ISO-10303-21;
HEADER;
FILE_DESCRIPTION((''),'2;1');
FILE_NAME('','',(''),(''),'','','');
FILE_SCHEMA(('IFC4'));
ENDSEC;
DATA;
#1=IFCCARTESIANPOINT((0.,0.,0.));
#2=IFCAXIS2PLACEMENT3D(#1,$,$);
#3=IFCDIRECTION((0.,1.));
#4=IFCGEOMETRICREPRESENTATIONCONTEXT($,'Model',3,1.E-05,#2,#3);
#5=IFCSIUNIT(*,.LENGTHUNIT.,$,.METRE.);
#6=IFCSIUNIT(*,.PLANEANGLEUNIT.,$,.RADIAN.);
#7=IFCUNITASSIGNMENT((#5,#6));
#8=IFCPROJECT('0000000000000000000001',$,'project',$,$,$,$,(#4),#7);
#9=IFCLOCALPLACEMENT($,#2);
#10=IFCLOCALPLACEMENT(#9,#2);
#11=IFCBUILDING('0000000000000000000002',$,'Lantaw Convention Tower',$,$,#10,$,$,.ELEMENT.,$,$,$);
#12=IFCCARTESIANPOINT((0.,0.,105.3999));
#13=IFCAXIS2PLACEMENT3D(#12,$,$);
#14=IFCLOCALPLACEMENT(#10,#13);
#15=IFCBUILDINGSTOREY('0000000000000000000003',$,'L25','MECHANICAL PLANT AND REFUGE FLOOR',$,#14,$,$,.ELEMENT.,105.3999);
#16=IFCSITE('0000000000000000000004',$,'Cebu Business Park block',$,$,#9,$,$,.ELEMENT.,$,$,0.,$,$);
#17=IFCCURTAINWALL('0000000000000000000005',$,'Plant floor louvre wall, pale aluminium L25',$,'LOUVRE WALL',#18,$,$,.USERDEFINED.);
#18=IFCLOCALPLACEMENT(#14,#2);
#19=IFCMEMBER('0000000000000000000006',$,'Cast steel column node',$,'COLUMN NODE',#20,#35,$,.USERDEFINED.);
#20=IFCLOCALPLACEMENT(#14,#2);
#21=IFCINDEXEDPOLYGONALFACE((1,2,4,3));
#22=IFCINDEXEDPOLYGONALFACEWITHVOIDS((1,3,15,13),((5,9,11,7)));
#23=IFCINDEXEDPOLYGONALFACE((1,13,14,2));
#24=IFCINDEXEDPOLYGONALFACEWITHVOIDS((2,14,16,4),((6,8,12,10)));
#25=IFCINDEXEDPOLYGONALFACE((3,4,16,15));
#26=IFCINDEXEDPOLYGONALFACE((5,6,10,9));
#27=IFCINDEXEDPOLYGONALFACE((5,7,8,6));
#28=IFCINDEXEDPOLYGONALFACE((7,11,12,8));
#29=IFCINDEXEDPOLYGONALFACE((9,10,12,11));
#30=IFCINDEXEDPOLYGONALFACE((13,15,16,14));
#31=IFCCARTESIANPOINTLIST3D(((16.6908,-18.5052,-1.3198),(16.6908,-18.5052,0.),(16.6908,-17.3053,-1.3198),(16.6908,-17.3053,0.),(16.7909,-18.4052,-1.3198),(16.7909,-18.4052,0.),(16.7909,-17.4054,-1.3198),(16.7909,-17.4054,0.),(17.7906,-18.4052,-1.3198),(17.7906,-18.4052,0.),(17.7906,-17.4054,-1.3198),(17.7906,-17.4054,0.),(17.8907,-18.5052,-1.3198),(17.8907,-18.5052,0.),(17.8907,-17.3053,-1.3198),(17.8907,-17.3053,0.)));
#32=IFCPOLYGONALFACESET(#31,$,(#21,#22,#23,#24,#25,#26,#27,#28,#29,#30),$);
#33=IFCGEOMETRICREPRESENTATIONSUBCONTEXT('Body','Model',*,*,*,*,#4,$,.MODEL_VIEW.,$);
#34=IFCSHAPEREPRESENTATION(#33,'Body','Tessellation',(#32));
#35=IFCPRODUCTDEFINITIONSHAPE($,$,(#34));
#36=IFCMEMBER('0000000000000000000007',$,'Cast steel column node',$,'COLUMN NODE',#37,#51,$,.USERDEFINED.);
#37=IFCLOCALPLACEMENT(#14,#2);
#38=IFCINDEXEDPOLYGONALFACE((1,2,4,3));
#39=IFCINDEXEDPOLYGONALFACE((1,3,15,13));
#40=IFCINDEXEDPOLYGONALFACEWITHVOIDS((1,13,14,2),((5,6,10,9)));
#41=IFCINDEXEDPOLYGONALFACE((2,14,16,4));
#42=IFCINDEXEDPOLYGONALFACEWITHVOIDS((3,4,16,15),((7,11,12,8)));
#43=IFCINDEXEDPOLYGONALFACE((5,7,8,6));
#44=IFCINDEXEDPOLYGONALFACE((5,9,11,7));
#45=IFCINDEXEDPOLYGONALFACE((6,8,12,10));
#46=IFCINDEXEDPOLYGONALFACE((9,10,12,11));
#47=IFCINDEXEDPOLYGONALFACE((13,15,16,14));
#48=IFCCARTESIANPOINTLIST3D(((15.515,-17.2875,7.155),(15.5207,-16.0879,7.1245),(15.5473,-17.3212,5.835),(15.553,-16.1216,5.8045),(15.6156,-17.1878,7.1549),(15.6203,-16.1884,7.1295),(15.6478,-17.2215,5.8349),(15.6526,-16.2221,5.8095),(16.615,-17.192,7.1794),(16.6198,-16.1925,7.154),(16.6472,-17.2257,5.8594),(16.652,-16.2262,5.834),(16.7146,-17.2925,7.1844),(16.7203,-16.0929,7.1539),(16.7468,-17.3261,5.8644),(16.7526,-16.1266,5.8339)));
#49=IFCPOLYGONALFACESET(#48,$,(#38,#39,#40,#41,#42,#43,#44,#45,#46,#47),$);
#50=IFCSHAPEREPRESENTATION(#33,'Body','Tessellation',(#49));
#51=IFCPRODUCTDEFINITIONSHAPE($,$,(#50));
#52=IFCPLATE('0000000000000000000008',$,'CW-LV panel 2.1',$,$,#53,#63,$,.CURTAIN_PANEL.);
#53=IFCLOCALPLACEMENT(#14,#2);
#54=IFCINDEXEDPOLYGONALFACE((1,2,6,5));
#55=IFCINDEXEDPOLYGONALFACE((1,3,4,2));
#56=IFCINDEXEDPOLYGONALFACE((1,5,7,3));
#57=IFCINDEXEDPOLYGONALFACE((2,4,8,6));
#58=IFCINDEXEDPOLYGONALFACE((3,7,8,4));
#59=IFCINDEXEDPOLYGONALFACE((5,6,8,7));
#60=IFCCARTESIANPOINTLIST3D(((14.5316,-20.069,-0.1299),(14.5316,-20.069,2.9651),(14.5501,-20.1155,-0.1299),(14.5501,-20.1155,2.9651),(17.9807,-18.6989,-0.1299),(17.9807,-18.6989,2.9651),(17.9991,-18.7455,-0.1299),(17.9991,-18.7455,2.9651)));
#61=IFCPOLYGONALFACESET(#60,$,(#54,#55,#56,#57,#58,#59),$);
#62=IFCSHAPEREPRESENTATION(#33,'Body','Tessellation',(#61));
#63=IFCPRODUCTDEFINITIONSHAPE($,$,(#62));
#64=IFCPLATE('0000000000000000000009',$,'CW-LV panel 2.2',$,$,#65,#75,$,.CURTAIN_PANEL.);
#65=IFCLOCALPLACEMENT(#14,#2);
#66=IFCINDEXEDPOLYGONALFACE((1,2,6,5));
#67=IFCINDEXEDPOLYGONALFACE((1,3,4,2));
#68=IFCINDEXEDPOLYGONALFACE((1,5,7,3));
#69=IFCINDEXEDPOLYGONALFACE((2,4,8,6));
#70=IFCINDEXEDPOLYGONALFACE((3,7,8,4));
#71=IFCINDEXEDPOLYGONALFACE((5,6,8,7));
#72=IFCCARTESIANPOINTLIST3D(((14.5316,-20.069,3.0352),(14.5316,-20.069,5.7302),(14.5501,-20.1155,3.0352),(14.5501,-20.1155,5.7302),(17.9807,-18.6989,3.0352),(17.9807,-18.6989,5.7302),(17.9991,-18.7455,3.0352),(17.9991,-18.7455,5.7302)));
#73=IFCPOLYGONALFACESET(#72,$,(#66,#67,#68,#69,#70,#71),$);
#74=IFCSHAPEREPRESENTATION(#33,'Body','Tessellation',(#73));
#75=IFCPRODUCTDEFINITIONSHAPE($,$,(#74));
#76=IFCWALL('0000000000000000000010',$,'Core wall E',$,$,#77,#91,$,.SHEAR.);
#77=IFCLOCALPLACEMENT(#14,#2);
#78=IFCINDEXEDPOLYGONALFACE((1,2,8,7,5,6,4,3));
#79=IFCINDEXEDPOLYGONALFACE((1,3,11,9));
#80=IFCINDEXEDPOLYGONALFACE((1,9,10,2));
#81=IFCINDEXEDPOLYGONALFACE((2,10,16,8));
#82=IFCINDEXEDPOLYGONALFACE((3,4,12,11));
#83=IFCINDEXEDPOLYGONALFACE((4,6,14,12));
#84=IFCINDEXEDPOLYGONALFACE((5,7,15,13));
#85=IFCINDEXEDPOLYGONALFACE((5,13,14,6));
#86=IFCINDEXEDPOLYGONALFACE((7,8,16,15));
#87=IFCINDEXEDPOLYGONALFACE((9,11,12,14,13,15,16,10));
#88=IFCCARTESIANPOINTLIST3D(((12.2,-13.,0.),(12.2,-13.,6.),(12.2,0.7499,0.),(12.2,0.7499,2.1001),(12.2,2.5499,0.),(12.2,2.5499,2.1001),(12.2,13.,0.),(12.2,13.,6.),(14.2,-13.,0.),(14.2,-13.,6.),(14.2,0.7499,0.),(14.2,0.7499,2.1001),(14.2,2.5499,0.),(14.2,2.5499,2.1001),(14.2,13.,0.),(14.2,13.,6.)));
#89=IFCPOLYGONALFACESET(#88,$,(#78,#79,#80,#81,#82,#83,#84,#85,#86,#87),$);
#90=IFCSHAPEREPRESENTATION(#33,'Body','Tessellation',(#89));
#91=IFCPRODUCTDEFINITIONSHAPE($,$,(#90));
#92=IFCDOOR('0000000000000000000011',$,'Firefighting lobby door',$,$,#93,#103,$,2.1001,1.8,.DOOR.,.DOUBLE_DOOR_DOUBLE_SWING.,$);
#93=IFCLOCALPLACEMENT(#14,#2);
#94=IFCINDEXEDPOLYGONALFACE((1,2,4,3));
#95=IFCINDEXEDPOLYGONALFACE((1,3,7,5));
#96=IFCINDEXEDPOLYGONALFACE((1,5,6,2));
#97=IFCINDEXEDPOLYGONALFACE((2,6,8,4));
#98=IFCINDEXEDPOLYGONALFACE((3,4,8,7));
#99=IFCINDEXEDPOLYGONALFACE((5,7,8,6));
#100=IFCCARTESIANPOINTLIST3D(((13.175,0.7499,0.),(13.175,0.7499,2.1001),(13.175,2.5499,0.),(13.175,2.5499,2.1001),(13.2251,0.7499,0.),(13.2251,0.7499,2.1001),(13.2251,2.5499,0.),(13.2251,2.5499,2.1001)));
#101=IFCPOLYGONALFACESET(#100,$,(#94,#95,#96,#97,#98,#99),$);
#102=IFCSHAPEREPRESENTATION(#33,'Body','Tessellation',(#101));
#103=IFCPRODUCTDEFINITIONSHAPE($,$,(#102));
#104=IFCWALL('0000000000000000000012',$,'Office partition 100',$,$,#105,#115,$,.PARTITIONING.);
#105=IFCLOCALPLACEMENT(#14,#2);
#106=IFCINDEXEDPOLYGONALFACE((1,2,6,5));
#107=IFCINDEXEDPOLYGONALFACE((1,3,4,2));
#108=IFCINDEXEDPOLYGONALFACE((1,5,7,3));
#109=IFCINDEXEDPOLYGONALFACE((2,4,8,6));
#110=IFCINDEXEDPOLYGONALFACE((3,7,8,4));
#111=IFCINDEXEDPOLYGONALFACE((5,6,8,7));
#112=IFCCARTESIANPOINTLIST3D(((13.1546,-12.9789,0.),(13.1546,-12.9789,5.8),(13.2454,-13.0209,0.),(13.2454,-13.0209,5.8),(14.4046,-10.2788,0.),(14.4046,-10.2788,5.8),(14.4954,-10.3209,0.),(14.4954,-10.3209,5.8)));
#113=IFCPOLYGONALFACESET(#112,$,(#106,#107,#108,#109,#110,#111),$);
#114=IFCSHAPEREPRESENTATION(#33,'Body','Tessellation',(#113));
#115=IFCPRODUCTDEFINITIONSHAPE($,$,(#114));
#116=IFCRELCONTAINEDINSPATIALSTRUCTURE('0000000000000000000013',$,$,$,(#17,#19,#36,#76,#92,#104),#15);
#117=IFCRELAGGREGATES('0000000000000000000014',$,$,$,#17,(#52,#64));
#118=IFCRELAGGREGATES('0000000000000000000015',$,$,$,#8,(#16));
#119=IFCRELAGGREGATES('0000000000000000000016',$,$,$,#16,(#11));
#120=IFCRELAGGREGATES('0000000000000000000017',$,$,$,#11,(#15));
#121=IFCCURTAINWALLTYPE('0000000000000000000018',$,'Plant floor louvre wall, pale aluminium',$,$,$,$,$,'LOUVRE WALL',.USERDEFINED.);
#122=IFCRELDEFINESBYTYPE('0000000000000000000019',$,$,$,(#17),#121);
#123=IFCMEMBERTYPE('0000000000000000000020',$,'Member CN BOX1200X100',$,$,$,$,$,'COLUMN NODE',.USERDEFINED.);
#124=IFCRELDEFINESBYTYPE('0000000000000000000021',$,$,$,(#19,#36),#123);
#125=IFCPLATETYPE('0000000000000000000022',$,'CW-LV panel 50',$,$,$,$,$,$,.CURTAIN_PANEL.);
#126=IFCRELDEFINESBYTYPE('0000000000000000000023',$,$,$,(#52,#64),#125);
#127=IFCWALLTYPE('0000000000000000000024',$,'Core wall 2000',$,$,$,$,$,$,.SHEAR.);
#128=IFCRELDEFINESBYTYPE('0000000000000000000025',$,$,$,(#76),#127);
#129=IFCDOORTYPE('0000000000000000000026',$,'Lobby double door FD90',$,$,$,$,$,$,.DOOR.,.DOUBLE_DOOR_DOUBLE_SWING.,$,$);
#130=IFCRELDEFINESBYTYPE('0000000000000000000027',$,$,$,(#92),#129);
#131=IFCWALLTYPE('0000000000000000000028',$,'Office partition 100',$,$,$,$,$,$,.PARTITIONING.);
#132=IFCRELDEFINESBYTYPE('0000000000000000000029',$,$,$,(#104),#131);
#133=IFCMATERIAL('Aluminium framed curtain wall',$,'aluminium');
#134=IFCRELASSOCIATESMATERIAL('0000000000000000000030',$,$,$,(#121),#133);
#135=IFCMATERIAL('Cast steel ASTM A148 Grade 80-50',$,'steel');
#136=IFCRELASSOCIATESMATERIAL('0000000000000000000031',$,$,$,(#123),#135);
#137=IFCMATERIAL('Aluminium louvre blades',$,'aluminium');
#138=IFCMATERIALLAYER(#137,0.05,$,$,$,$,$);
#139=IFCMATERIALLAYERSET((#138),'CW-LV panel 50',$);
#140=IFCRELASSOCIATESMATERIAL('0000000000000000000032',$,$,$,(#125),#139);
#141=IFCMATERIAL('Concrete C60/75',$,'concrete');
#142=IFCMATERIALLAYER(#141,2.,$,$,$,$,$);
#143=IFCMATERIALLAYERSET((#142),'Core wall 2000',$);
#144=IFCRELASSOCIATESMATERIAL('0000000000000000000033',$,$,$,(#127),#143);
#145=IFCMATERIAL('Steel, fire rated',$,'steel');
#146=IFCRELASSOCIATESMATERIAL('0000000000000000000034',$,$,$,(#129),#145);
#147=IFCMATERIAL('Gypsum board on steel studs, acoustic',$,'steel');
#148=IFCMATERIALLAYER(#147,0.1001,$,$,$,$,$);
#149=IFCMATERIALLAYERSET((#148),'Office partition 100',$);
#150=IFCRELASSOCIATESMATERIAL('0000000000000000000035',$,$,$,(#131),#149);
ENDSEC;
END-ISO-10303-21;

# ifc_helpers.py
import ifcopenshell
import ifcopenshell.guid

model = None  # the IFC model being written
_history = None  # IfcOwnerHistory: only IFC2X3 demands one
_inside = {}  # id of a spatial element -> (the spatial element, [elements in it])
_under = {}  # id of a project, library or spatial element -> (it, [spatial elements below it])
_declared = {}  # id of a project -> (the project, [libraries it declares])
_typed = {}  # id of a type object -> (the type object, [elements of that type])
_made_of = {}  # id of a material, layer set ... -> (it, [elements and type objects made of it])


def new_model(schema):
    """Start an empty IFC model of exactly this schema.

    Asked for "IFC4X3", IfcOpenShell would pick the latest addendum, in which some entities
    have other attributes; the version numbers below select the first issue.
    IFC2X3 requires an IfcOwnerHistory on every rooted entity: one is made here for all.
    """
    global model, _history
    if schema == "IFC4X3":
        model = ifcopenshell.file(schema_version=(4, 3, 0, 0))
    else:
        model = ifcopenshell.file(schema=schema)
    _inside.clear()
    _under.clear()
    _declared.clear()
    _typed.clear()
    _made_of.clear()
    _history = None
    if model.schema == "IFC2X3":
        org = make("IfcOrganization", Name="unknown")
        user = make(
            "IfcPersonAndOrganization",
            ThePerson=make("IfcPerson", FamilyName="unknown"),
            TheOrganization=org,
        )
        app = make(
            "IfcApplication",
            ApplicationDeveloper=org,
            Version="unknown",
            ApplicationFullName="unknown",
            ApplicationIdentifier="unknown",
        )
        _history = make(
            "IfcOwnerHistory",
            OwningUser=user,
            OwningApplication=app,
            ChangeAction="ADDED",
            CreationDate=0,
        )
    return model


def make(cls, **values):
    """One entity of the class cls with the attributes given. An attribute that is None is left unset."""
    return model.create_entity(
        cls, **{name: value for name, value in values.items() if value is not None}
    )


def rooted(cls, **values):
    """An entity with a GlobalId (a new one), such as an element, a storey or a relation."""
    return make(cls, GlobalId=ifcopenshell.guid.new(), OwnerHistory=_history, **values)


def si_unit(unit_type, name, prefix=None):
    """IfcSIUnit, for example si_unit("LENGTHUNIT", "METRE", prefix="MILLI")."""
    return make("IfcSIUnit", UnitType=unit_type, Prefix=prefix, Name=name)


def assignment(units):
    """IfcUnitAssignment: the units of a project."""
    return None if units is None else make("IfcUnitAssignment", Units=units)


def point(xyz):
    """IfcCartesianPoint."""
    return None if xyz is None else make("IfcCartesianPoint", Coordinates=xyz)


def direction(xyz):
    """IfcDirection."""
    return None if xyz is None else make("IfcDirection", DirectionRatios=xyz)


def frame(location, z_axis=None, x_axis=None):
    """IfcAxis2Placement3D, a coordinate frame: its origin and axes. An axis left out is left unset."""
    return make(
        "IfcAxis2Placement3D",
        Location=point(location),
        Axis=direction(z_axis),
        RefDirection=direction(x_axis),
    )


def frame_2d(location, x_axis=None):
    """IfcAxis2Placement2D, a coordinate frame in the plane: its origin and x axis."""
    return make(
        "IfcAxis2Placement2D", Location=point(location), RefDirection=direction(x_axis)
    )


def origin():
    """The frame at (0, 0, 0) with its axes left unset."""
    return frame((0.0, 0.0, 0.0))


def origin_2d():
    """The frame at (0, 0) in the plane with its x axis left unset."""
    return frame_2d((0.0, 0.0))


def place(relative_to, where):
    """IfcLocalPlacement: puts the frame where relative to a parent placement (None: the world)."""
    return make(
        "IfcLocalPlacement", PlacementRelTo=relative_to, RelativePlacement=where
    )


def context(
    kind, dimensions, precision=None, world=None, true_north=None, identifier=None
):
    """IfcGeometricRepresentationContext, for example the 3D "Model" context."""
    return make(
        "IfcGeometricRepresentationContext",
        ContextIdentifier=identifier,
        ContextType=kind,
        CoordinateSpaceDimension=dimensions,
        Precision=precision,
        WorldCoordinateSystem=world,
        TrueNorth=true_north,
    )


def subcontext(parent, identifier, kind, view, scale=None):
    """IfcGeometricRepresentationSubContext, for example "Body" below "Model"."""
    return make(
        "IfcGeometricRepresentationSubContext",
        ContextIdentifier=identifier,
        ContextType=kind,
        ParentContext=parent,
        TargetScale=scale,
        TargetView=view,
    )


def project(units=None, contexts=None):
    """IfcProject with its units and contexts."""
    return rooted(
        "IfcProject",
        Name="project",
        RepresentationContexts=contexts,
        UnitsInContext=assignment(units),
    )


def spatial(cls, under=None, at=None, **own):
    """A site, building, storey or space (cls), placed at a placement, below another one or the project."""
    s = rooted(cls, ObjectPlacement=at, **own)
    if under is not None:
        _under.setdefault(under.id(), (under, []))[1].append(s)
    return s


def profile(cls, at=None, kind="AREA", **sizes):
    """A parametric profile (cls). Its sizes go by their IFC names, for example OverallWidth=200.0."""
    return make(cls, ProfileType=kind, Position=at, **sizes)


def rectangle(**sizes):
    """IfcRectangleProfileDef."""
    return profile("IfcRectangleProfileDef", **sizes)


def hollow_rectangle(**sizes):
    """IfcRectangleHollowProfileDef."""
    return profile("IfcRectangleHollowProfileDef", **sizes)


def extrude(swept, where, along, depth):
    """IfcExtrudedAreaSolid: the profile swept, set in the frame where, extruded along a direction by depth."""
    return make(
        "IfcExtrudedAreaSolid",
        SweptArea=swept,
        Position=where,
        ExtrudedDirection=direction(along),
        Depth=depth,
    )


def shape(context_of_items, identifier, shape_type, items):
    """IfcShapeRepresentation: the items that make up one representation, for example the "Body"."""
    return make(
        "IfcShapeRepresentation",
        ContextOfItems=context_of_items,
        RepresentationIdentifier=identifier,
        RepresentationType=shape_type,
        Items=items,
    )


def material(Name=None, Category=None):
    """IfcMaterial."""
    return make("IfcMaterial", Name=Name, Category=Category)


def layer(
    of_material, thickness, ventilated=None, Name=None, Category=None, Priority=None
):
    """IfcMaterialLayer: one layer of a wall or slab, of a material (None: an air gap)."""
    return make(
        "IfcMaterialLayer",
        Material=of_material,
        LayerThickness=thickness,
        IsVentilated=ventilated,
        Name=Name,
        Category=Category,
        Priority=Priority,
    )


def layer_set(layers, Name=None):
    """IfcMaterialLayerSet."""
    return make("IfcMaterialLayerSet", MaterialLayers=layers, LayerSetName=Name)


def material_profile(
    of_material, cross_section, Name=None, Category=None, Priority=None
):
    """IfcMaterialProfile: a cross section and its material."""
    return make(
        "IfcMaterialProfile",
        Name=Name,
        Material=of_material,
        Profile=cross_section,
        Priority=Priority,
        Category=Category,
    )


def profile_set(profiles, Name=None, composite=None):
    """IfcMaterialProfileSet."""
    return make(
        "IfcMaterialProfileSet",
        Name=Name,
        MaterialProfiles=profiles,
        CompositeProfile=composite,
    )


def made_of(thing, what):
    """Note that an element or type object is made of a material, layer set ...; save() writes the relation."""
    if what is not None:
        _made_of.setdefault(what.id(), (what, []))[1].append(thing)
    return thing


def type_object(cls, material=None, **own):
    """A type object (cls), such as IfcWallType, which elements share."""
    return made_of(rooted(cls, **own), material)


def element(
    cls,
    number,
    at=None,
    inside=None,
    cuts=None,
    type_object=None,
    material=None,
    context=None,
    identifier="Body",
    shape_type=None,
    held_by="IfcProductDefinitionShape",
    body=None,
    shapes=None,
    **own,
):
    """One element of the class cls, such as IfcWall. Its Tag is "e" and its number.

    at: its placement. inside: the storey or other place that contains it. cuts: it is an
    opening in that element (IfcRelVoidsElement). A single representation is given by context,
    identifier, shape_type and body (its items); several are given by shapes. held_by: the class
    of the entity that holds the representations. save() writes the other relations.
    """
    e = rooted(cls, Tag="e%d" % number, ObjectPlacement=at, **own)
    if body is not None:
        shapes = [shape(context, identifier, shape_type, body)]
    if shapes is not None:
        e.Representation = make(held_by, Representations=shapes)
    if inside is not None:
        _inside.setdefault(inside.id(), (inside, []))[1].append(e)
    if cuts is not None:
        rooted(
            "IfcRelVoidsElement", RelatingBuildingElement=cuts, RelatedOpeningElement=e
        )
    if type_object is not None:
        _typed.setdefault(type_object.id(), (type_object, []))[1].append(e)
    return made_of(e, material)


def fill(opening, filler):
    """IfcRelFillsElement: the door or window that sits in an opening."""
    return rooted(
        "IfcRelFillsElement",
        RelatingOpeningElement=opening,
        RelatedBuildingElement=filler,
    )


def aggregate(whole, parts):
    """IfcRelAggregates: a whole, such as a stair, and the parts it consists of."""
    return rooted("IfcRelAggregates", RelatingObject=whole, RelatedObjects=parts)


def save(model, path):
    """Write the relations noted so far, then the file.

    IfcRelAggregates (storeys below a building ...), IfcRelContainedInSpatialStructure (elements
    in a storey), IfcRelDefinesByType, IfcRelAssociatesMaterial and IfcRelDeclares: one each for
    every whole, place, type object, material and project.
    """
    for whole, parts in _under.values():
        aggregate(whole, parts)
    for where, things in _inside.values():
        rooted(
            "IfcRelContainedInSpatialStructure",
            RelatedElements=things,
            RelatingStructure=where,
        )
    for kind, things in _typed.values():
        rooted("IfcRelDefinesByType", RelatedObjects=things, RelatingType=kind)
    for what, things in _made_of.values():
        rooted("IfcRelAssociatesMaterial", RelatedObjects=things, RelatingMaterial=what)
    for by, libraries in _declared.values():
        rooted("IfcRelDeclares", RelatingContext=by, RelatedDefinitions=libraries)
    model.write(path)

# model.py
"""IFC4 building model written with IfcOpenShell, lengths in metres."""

from ifc_helpers import new_model, si_unit, direction, frame, frame_2d, origin, origin_2d, place, context, subcontext, project, spatial, rectangle, hollow_rectangle, extrude, material, layer, layer_set, material_profile, profile_set, type_object, element, fill, aggregate, save


model = new_model("IFC4")

# Units and contexts
model_context = context("Model", 3, precision=1e-05, world=origin(), true_north=direction((0.0, 1.0)))
body_context = subcontext(model_context, "Body", "Model", "MODEL_VIEW")
ifc_project = project(units=[si_unit("LENGTHUNIT", "METRE"), si_unit("PLANEANGLEUNIT", "RADIAN")], contexts=[model_context])

# Site, building, storey
site_placement = place(None, origin())
site = spatial("IfcSite", under=ifc_project, at=site_placement, Name="Cebu Business Park block", CompositionType="ELEMENT", RefElevation=0.0)
building_placement = place(site_placement, origin())
building = spatial("IfcBuilding", under=site, at=building_placement, Name="Lantaw Convention Tower", CompositionType="ELEMENT")
storey_placement = place(building_placement, frame((0.0, 0.0, 105.3999)))
storey = spatial("IfcBuildingStorey", under=building, at=storey_placement, Name="L25", Description="MECHANICAL PLANT AND REFUGE FLOOR", CompositionType="ELEMENT", Elevation=105.3999)

# Shared definitions
ifc_material_1 = material(Name="Concrete C60/75", Category="concrete")

# Curtain wall
ifc_material_2 = material(Name="Aluminium framed curtain wall", Category="aluminium")
curtain_wall_type = type_object("IfcCurtainWallType", Name="Plant floor louvre wall, pale aluminium", ElementType="LOUVRE WALL", PredefinedType="USERDEFINED", material=ifc_material_2)
curtain_wall_1_placement = place(storey_placement, origin())
curtain_wall_1 = element("IfcCurtainWall", 1, at=curtain_wall_1_placement, inside=storey, type_object=curtain_wall_type, Name="Plant floor louvre wall, pale aluminium L25", ObjectType="LOUVRE WALL", PredefinedType="USERDEFINED")

# Members
ifc_material_3 = material(Name="Cast steel ASTM A148 Grade 80-50", Category="steel")
ifc_material_profile_1 = material_profile(ifc_material_3, hollow_rectangle(XDim=1.2, YDim=1.2, WallThickness=0.1001, at=origin_2d()), Name="BOX1200X100")
ifc_profile_set_1 = profile_set([ifc_material_profile_1], Name="Cast steel ASTM A148 Grade 80-50")
member_type_1 = type_object("IfcMemberType", Name="Member CN BOX1200X100", ElementType="COLUMN NODE", PredefinedType="USERDEFINED", material=ifc_profile_set_1)
member_1_placement = place(storey_placement, frame((17.2908, -17.9053, -1.3198), z_axis=(0.0, 0.0, 1.0), x_axis=(1.0, 0.0, 0.0)))
element("IfcMember", 2, at=member_1_placement, inside=storey, type_object=member_type_1, Name="Cast steel column node", ObjectType="COLUMN NODE", PredefinedType="USERDEFINED", context=body_context, shape_type="SweptSolid", body=[
    extrude(hollow_rectangle(XDim=1.2, YDim=1.2, WallThickness=0.1001, at=origin_2d()), origin(), (0.0, 0.0, 1.0), 1.3198),
])
member_2_placement = place(storey_placement, frame((16.1499, -16.7239, 5.8345), z_axis=(-0.024398, 0.025507, 0.999377), x_axis=(0.999691, -0.004146, 0.024511)))
element("IfcMember", 3, at=member_2_placement, inside=storey, type_object=member_type_1, Name="Cast steel column node", ObjectType="COLUMN NODE", PredefinedType="USERDEFINED", context=body_context, shape_type="SweptSolid", body=[
    extrude(hollow_rectangle(XDim=1.2, YDim=1.2, WallThickness=0.1001, at=origin_2d()), origin(), (0.0, 0.0, 1.0), 1.3208),
])

# Plates
ifc_material_4 = material(Name="Aluminium louvre blades", Category="aluminium")
ifc_layer_1 = layer(ifc_material_4, 0.05)
ifc_layer_set_1 = layer_set([ifc_layer_1], Name="CW-LV panel 50")
plate_type = type_object("IfcPlateType", Name="CW-LV panel 50", PredefinedType="CURTAIN_PANEL", material=ifc_layer_set_1)
plate_1_placement = place(storey_placement, frame((16.2654, -19.4072, -0.1299), z_axis=(0.0, 0.0, 1.0), x_axis=(0.929361, 0.369172, 0.0)))
plate_1 = element("IfcPlate", 4, at=plate_1_placement, type_object=plate_type, Name="CW-LV panel 2.1", PredefinedType="CURTAIN_PANEL", context=body_context, shape_type="SweptSolid", body=[
    extrude(rectangle(XDim=3.7112, YDim=0.05, at=origin_2d()), origin(), (0.0, 0.0, 1.0), 3.095),
])
plate_2_placement = place(storey_placement, frame((16.2654, -19.4072, 3.0352), z_axis=(0.0, 0.0, 1.0), x_axis=(0.929361, 0.369172, 0.0)))
plate_2 = element("IfcPlate", 5, at=plate_2_placement, type_object=plate_type, Name="CW-LV panel 2.2", PredefinedType="CURTAIN_PANEL", context=body_context, shape_type="SweptSolid", body=[
    extrude(rectangle(XDim=3.7112, YDim=0.05, at=origin_2d()), origin(), (0.0, 0.0, 1.0), 2.6951),
])
aggregate(curtain_wall_1, [plate_1, plate_2])

# Wall, opening, door
ifc_layer_2 = layer(ifc_material_1, 2.0)
ifc_layer_set_2 = layer_set([ifc_layer_2], Name="Core wall 2000")
wall_type_1 = type_object("IfcWallType", Name="Core wall 2000", PredefinedType="SHEAR", material=ifc_layer_set_2)
wall_1_placement = place(storey_placement, frame((13.2, -13.0, 0.0), z_axis=(0.0, 0.0, 1.0), x_axis=(0.0, 1.0, 0.0)))
wall_1 = element("IfcWall", 6, at=wall_1_placement, inside=storey, type_object=wall_type_1, Name="Core wall E", PredefinedType="SHEAR", context=body_context, shape_type="SweptSolid", body=[
    extrude(rectangle(XDim=26.0, YDim=2.0, at=frame_2d((13.0, 0.0))), origin(), (0.0, 0.0, 1.0), 6.0),
])
opening_placement = place(wall_1_placement, frame((13.75, 0.0, 0.0)))
opening = element("IfcOpeningElement", 7, at=opening_placement, cuts=wall_1, PredefinedType="OPENING", context=body_context, shape_type="SweptSolid", body=[
    extrude(rectangle(XDim=1.8, YDim=2.1001, at=frame_2d((0.8999, 1.05))), frame((0.0, 1.01, 0.0), z_axis=(0.0, -1.0, 0.0), x_axis=(1.0, 0.0, 0.0)), (0.0, 0.0, 1.0), 2.02),
])
ifc_material_5 = material(Name="Steel, fire rated", Category="steel")
door_type = type_object("IfcDoorType", Name="Lobby double door FD90", OperationType="DOUBLE_DOOR_DOUBLE_SWING", PredefinedType="DOOR", material=ifc_material_5)
door_placement = place(opening_placement, origin())
door = element("IfcDoor", 8, at=door_placement, inside=storey, type_object=door_type, Name="Firefighting lobby door", OperationType="DOUBLE_DOOR_DOUBLE_SWING", OverallHeight=2.1001, OverallWidth=1.8, PredefinedType="DOOR", context=body_context, shape_type="SweptSolid", body=[
    extrude(rectangle(XDim=1.8, YDim=2.1001, at=frame_2d((0.8999, 1.05))), frame((0.0, 0.0249, 0.0), z_axis=(0.0, -1.0, 0.0), x_axis=(1.0, 0.0, 0.0)), (0.0, 0.0, 1.0), 0.05),
])
fill(opening, door)

# Wall
ifc_material_6 = material(Name="Gypsum board on steel studs, acoustic", Category="steel")
ifc_layer_3 = layer(ifc_material_6, 0.1001)
ifc_layer_set_3 = layer_set([ifc_layer_3], Name="Office partition 100")
wall_type_2 = type_object("IfcWallType", Name="Office partition 100", PredefinedType="PARTITIONING", material=ifc_layer_set_3)
wall_2_placement = place(storey_placement, frame((13.2, -13.0, 0.0), z_axis=(0.0, 0.0, 1.0), x_axis=(0.42013, 0.907464, 0.0)))
element("IfcWall", 9, at=wall_2_placement, inside=storey, type_object=wall_type_2, Name="Office partition 100", PredefinedType="PARTITIONING", context=body_context, shape_type="SweptSolid", body=[
    extrude(rectangle(XDim=2.9753, YDim=0.1001, at=frame_2d((1.4878, 0.0))), origin(), (0.0, 0.0, 1.0), 5.8),
])

save(model, "model.ifc")
